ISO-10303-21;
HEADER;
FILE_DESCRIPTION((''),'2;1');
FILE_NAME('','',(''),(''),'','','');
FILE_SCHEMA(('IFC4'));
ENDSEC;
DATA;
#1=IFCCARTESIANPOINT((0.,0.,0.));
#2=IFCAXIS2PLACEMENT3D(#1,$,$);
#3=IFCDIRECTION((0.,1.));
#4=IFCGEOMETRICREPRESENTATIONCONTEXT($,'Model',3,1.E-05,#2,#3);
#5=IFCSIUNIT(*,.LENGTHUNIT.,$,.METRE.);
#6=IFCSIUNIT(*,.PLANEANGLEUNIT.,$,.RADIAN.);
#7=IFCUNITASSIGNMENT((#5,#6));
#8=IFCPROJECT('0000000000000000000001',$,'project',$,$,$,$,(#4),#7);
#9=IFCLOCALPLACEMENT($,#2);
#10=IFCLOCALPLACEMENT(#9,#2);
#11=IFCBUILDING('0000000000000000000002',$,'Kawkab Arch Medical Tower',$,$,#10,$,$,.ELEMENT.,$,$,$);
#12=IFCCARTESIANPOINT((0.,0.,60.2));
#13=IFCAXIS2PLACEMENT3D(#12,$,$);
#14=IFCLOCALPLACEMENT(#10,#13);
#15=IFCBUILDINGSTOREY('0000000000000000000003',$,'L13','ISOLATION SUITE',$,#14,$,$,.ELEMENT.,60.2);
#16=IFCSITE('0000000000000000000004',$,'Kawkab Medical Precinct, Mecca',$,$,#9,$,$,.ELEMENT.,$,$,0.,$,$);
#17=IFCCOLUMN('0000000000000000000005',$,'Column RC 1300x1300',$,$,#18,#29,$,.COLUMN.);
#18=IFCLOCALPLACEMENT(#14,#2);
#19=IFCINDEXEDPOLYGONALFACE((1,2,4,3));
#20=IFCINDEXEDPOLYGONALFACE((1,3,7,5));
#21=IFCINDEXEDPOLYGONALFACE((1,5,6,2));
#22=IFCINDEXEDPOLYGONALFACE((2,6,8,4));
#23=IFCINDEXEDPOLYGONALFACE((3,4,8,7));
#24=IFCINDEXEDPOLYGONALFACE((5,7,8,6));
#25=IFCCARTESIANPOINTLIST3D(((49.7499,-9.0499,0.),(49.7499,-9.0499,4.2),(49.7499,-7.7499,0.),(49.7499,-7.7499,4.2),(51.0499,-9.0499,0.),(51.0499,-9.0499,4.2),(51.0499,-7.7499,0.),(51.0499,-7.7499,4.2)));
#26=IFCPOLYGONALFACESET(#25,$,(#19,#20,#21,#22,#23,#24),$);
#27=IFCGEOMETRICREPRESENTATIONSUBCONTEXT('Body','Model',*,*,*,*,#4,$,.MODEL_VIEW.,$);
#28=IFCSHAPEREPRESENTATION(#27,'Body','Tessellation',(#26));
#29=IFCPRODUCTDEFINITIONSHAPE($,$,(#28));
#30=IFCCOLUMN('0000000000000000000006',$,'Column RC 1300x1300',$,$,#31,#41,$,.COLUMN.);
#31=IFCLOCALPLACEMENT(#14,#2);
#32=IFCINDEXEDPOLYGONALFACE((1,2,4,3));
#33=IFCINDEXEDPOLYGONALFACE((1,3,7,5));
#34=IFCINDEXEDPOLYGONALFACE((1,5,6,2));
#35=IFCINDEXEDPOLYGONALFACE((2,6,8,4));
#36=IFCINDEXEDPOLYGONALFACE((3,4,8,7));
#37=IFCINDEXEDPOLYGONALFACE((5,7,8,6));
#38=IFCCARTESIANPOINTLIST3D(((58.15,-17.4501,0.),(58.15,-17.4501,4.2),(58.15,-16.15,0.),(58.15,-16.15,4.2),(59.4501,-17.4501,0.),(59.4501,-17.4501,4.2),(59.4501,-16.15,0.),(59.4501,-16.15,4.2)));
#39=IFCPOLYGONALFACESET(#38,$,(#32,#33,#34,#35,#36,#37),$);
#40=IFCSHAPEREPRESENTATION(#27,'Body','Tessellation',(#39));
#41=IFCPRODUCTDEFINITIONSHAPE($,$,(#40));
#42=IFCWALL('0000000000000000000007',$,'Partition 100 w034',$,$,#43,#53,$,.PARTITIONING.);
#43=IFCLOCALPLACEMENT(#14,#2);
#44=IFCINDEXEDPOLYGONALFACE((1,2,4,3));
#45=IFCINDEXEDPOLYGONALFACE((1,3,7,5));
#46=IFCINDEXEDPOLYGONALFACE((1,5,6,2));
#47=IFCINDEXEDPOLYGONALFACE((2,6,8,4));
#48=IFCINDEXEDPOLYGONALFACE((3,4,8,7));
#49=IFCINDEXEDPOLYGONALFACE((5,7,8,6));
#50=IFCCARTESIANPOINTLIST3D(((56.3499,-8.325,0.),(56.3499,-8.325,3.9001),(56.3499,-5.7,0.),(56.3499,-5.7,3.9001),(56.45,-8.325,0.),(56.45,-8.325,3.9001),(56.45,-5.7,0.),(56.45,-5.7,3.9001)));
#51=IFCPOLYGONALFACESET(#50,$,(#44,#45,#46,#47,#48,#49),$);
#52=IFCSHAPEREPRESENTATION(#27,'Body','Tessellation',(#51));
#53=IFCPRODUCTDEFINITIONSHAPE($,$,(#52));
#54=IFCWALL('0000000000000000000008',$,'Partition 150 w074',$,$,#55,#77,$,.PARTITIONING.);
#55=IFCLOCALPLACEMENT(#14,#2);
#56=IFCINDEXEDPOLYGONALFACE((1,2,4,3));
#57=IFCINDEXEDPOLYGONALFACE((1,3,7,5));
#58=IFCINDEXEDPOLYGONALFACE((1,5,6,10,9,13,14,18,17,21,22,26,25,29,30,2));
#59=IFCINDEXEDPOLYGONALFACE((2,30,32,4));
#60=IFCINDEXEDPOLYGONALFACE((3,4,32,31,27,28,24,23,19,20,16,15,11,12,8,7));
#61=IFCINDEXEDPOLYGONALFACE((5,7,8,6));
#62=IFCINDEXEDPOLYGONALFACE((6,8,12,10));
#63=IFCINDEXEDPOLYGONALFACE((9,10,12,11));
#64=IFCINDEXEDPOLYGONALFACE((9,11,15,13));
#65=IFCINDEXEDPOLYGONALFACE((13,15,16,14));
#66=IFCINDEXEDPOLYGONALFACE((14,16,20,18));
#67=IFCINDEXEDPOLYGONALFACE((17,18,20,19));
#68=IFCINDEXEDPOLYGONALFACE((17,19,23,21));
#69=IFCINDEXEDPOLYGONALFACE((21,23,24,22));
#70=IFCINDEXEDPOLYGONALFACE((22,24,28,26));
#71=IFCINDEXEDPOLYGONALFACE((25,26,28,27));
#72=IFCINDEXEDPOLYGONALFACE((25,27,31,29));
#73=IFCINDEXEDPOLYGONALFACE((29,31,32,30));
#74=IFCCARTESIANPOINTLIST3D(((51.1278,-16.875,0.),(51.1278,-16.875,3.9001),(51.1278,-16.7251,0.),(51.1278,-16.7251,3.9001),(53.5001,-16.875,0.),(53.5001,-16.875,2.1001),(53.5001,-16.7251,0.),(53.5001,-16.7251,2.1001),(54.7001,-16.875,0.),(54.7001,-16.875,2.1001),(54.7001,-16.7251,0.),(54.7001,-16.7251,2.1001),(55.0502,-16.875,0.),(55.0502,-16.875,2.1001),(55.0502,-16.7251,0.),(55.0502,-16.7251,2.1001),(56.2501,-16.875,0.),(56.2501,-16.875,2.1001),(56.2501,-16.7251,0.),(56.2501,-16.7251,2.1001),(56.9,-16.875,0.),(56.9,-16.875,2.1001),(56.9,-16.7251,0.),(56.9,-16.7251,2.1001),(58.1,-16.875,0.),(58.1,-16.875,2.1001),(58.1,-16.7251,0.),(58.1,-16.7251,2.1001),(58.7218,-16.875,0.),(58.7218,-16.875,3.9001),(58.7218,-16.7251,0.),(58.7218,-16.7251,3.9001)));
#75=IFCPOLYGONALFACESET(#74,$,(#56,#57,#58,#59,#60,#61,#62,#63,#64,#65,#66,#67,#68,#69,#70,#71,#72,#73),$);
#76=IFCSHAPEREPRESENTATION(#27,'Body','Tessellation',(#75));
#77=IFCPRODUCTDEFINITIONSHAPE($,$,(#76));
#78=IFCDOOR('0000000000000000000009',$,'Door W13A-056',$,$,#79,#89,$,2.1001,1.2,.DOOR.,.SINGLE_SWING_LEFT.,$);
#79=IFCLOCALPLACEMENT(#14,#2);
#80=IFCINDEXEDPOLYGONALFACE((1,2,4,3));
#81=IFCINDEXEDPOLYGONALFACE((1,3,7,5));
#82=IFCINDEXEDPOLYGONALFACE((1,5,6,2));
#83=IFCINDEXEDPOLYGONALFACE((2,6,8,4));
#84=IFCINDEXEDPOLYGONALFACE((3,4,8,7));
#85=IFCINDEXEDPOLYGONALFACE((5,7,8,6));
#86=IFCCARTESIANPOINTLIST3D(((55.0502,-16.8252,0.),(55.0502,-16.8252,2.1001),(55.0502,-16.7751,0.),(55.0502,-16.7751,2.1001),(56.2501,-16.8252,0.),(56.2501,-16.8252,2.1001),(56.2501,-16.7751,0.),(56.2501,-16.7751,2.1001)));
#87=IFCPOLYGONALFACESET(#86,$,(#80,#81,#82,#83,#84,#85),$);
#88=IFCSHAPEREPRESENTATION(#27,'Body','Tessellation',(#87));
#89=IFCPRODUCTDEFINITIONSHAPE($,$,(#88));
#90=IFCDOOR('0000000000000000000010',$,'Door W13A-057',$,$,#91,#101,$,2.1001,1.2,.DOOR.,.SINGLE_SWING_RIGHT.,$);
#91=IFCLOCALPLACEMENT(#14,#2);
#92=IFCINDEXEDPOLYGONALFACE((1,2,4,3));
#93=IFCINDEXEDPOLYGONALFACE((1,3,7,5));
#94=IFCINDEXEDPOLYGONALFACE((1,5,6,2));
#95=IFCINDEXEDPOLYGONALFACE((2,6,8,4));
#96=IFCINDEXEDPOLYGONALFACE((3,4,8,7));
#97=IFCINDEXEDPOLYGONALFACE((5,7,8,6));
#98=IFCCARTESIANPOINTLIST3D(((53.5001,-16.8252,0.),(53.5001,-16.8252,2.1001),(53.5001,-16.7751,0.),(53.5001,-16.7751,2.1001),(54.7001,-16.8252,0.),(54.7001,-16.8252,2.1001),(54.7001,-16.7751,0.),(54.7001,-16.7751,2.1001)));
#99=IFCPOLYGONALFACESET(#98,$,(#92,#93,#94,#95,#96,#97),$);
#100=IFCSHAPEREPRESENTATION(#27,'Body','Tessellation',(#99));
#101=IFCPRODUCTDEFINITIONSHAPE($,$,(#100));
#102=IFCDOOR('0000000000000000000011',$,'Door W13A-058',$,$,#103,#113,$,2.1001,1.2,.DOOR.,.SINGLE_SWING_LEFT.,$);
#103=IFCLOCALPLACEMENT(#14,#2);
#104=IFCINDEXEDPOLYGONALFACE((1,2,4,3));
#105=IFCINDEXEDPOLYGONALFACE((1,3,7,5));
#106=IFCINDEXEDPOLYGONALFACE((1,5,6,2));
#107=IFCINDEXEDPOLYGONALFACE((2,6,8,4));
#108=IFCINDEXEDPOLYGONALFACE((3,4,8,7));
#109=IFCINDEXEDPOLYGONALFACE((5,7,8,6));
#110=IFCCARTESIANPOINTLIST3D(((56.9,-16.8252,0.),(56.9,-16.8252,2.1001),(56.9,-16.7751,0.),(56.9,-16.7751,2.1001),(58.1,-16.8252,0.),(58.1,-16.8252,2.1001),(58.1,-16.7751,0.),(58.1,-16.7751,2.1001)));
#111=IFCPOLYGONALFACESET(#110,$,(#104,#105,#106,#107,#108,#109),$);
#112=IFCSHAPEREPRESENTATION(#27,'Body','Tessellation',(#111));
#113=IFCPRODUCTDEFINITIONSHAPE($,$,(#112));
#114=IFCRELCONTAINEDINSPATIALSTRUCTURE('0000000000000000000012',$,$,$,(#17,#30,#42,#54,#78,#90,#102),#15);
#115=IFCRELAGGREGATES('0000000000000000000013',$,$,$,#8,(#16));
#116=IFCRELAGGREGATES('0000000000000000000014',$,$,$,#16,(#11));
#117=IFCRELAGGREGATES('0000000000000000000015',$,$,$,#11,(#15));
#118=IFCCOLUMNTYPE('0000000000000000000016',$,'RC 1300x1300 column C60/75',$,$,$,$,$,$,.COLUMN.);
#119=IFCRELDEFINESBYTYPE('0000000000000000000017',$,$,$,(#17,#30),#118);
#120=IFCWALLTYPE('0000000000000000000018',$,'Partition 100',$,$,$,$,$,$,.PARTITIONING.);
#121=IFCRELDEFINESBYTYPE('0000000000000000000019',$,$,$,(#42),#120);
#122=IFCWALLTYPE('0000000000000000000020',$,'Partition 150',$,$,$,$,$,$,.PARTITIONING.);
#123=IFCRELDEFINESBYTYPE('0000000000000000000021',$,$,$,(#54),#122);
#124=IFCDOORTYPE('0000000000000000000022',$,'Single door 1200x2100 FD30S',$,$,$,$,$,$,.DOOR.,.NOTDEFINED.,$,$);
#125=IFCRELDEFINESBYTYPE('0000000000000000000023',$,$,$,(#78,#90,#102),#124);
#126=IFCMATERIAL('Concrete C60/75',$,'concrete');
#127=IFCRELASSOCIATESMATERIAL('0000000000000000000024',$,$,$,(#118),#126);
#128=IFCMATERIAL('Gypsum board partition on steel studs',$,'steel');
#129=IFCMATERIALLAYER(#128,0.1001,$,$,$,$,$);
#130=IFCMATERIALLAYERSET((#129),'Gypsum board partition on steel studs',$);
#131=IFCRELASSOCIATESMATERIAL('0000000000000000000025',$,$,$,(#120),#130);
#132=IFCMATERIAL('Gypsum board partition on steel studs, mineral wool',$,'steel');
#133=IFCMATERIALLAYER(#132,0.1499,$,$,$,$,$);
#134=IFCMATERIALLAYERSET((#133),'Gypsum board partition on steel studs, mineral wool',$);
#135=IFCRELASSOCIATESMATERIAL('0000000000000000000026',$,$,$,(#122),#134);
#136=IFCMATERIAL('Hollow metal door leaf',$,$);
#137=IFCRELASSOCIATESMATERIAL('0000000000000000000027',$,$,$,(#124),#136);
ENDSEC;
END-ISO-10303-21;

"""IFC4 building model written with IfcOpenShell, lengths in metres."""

from ifc_helpers import new_model, si_unit, direction, frame, frame_2d, origin, origin_2d, place, context, subcontext, project, spatial, rectangle, extrude, material, layer, layer_set, material_profile, profile_set, type_object, element, fill, save


model = new_model("IFC4")

# Units and contexts
model_context = context("Model", 3, precision=1e-05, world=origin(), true_north=direction((0.0, 1.0)))
body_context = subcontext(model_context, "Body", "Model", "MODEL_VIEW")
ifc_project = project(units=[si_unit("LENGTHUNIT", "METRE"), si_unit("PLANEANGLEUNIT", "RADIAN")], contexts=[model_context])

# Site, building, storey
site_placement = place(None, origin())
site = spatial("IfcSite", under=ifc_project, at=site_placement, Name="Kawkab Medical Precinct, Mecca", CompositionType="ELEMENT", RefElevation=0.0)
building_placement = place(site_placement, origin())
building = spatial("IfcBuilding", under=site, at=building_placement, Name="Kawkab Arch Medical Tower", CompositionType="ELEMENT")
storey_placement = place(building_placement, frame((0.0, 0.0, 60.2)))
storey = spatial("IfcBuildingStorey", under=building, at=storey_placement, Name="L13", Description="ISOLATION SUITE", CompositionType="ELEMENT", Elevation=60.2)

# Columns
ifc_material_1 = material(Name="Concrete C60/75", Category="concrete")
ifc_material_profile = material_profile(ifc_material_1, rectangle(XDim=1.3, YDim=1.3, at=origin_2d()), Name="RC 1300x1300")
ifc_profile_set = profile_set([ifc_material_profile], Name="Concrete C60/75")
column_type = type_object("IfcColumnType", Name="RC 1300x1300 column C60/75", PredefinedType="COLUMN", material=ifc_profile_set)
for number, where, z_axis, x_axis, name in (
    (1, (50.3999, -8.3999, 0.0), (0.0, 0.0, 1.0), (1.0, 0.0, 0.0), "Column RC 1300x1300"),
    (2, (58.8, -16.8, 0.0), (0.0, 0.0, 1.0), (1.0, 0.0, 0.0), "Column RC 1300x1300"),
):
    element("IfcColumn", number, at=place(storey_placement, frame(where, z_axis=z_axis, x_axis=x_axis)), inside=storey, type_object=column_type, Name=name, PredefinedType="COLUMN", context=body_context, shape_type="SweptSolid", body=[
        extrude(rectangle(XDim=1.3, YDim=1.3, at=origin_2d()), origin(), (0.0, 0.0, 1.0), 4.2),
    ])

# Wall
ifc_material_2 = material(Name="Gypsum board partition on steel studs", Category="steel")
ifc_layer_1 = layer(ifc_material_2, 0.1001)
ifc_layer_set_1 = layer_set([ifc_layer_1], Name="Gypsum board partition on steel studs")
wall_type_1 = type_object("IfcWallType", Name="Partition 100", PredefinedType="PARTITIONING", material=ifc_layer_set_1)
wall_1_placement = place(storey_placement, frame((56.3999, -8.325, 0.0), z_axis=(0.0, 0.0, 1.0), x_axis=(0.0, 1.0, 0.0)))
element("IfcWall", 3, at=wall_1_placement, inside=storey, type_object=wall_type_1, Name="Partition 100 w034", PredefinedType="PARTITIONING", context=body_context, shape_type="SweptSolid", body=[
    extrude(rectangle(XDim=2.625, YDim=0.1001, at=frame_2d((1.3125, 0.0))), origin(), (0.0, 0.0, 1.0), 3.9001),
])

# Wall, openings, doors
ifc_material_3 = material(Name="Gypsum board partition on steel studs, mineral wool", Category="steel")
ifc_layer_2 = layer(ifc_material_3, 0.1499)
ifc_layer_set_2 = layer_set([ifc_layer_2], Name="Gypsum board partition on steel studs, mineral wool")
wall_type_2 = type_object("IfcWallType", Name="Partition 150", PredefinedType="PARTITIONING", material=ifc_layer_set_2)
wall_2_placement = place(storey_placement, frame((51.1279, -16.8, 0.0), z_axis=(0.0, 0.0, 1.0), x_axis=(1.0, 0.0, 0.0)))
wall_2 = element("IfcWall", 4, at=wall_2_placement, inside=storey, type_object=wall_type_2, Name="Partition 150 w074", PredefinedType="PARTITIONING", context=body_context, shape_type="SweptSolid", body=[
    extrude(rectangle(XDim=7.594, YDim=0.1499, at=frame_2d((3.7969, 0.0))), origin(), (0.0, 0.0, 1.0), 3.9001),
])
opening_1_placement = place(wall_2_placement, frame((3.9221, 0.0, 0.0)))
opening_1 = element("IfcOpeningElement", 5, at=opening_1_placement, cuts=wall_2, PredefinedType="OPENING", context=body_context, shape_type="SweptSolid", body=[
    extrude(rectangle(XDim=1.2, YDim=2.1001, at=frame_2d((0.6001, 1.05))), frame((0.0, 0.085, 0.0), z_axis=(0.0, -1.0, 0.0), x_axis=(1.0, 0.0, 0.0)), (0.0, 0.0, 1.0), 0.1699),
])
opening_2_placement = place(wall_2_placement, frame((2.3721, 0.0, 0.0)))
opening_2 = element("IfcOpeningElement", 6, at=opening_2_placement, cuts=wall_2, PredefinedType="OPENING", context=body_context, shape_type="SweptSolid", body=[
    extrude(rectangle(XDim=1.2, YDim=2.1001, at=frame_2d((0.6001, 1.05))), frame((0.0, 0.085, 0.0), z_axis=(0.0, -1.0, 0.0), x_axis=(1.0, 0.0, 0.0)), (0.0, 0.0, 1.0), 0.1699),
])
opening_3_placement = place(wall_2_placement, frame((5.772, 0.0, 0.0)))
opening_3 = element("IfcOpeningElement", 7, at=opening_3_placement, cuts=wall_2, PredefinedType="OPENING", context=body_context, shape_type="SweptSolid", body=[
    extrude(rectangle(XDim=1.2, YDim=2.1001, at=frame_2d((0.6001, 1.05))), frame((0.0, 0.085, 0.0), z_axis=(0.0, -1.0, 0.0), x_axis=(1.0, 0.0, 0.0)), (0.0, 0.0, 1.0), 0.1699),
])
ifc_material_4 = material(Name="Hollow metal door leaf")
door_type_1 = type_object("IfcDoorType", Name="Single door 1200x2100 FD30S", OperationType="NOTDEFINED", PredefinedType="DOOR", material=ifc_material_4)
door_1_placement = place(opening_1_placement, origin())
door_1 = element("IfcDoor", 8, at=door_1_placement, inside=storey, type_object=door_type_1, Name="Door W13A-056", OperationType="SINGLE_SWING_LEFT", OverallHeight=2.1001, OverallWidth=1.2, PredefinedType="DOOR", context=body_context, shape_type="SweptSolid", body=[
    extrude(rectangle(XDim=1.2, YDim=2.1001, at=frame_2d((0.6001, 1.05))), frame((0.0, 0.0249, 0.0), z_axis=(0.0, -1.0, 0.0), x_axis=(1.0, 0.0, 0.0)), (0.0, 0.0, 1.0), 0.05),
])
fill(opening_1, door_1)
door_2_placement = place(opening_2_placement, origin())
door_2 = element("IfcDoor", 9, at=door_2_placement, inside=storey, type_object=door_type_1, Name="Door W13A-057", OperationType="SINGLE_SWING_RIGHT", OverallHeight=2.1001, OverallWidth=1.2, PredefinedType="DOOR", context=body_context, shape_type="SweptSolid", body=[
    extrude(rectangle(XDim=1.2, YDim=2.1001, at=frame_2d((0.6001, 1.05))), frame((0.0, 0.0249, 0.0), z_axis=(0.0, -1.0, 0.0), x_axis=(1.0, 0.0, 0.0)), (0.0, 0.0, 1.0), 0.05),
])
fill(opening_2, door_2)
door_3_placement = place(opening_3_placement, origin())
door_3 = element("IfcDoor", 10, at=door_3_placement, inside=storey, type_object=door_type_1, Name="Door W13A-058", OperationType="SINGLE_SWING_LEFT", OverallHeight=2.1001, OverallWidth=1.2, PredefinedType="DOOR", context=body_context, shape_type="SweptSolid", body=[
    extrude(rectangle(XDim=1.2, YDim=2.1001, at=frame_2d((0.6001, 1.05))), frame((0.0, 0.0249, 0.0), z_axis=(0.0, -1.0, 0.0), x_axis=(1.0, 0.0, 0.0)), (0.0, 0.0, 1.0), 0.05),
])
fill(opening_3, door_3)

save(model, "model.ifc")
